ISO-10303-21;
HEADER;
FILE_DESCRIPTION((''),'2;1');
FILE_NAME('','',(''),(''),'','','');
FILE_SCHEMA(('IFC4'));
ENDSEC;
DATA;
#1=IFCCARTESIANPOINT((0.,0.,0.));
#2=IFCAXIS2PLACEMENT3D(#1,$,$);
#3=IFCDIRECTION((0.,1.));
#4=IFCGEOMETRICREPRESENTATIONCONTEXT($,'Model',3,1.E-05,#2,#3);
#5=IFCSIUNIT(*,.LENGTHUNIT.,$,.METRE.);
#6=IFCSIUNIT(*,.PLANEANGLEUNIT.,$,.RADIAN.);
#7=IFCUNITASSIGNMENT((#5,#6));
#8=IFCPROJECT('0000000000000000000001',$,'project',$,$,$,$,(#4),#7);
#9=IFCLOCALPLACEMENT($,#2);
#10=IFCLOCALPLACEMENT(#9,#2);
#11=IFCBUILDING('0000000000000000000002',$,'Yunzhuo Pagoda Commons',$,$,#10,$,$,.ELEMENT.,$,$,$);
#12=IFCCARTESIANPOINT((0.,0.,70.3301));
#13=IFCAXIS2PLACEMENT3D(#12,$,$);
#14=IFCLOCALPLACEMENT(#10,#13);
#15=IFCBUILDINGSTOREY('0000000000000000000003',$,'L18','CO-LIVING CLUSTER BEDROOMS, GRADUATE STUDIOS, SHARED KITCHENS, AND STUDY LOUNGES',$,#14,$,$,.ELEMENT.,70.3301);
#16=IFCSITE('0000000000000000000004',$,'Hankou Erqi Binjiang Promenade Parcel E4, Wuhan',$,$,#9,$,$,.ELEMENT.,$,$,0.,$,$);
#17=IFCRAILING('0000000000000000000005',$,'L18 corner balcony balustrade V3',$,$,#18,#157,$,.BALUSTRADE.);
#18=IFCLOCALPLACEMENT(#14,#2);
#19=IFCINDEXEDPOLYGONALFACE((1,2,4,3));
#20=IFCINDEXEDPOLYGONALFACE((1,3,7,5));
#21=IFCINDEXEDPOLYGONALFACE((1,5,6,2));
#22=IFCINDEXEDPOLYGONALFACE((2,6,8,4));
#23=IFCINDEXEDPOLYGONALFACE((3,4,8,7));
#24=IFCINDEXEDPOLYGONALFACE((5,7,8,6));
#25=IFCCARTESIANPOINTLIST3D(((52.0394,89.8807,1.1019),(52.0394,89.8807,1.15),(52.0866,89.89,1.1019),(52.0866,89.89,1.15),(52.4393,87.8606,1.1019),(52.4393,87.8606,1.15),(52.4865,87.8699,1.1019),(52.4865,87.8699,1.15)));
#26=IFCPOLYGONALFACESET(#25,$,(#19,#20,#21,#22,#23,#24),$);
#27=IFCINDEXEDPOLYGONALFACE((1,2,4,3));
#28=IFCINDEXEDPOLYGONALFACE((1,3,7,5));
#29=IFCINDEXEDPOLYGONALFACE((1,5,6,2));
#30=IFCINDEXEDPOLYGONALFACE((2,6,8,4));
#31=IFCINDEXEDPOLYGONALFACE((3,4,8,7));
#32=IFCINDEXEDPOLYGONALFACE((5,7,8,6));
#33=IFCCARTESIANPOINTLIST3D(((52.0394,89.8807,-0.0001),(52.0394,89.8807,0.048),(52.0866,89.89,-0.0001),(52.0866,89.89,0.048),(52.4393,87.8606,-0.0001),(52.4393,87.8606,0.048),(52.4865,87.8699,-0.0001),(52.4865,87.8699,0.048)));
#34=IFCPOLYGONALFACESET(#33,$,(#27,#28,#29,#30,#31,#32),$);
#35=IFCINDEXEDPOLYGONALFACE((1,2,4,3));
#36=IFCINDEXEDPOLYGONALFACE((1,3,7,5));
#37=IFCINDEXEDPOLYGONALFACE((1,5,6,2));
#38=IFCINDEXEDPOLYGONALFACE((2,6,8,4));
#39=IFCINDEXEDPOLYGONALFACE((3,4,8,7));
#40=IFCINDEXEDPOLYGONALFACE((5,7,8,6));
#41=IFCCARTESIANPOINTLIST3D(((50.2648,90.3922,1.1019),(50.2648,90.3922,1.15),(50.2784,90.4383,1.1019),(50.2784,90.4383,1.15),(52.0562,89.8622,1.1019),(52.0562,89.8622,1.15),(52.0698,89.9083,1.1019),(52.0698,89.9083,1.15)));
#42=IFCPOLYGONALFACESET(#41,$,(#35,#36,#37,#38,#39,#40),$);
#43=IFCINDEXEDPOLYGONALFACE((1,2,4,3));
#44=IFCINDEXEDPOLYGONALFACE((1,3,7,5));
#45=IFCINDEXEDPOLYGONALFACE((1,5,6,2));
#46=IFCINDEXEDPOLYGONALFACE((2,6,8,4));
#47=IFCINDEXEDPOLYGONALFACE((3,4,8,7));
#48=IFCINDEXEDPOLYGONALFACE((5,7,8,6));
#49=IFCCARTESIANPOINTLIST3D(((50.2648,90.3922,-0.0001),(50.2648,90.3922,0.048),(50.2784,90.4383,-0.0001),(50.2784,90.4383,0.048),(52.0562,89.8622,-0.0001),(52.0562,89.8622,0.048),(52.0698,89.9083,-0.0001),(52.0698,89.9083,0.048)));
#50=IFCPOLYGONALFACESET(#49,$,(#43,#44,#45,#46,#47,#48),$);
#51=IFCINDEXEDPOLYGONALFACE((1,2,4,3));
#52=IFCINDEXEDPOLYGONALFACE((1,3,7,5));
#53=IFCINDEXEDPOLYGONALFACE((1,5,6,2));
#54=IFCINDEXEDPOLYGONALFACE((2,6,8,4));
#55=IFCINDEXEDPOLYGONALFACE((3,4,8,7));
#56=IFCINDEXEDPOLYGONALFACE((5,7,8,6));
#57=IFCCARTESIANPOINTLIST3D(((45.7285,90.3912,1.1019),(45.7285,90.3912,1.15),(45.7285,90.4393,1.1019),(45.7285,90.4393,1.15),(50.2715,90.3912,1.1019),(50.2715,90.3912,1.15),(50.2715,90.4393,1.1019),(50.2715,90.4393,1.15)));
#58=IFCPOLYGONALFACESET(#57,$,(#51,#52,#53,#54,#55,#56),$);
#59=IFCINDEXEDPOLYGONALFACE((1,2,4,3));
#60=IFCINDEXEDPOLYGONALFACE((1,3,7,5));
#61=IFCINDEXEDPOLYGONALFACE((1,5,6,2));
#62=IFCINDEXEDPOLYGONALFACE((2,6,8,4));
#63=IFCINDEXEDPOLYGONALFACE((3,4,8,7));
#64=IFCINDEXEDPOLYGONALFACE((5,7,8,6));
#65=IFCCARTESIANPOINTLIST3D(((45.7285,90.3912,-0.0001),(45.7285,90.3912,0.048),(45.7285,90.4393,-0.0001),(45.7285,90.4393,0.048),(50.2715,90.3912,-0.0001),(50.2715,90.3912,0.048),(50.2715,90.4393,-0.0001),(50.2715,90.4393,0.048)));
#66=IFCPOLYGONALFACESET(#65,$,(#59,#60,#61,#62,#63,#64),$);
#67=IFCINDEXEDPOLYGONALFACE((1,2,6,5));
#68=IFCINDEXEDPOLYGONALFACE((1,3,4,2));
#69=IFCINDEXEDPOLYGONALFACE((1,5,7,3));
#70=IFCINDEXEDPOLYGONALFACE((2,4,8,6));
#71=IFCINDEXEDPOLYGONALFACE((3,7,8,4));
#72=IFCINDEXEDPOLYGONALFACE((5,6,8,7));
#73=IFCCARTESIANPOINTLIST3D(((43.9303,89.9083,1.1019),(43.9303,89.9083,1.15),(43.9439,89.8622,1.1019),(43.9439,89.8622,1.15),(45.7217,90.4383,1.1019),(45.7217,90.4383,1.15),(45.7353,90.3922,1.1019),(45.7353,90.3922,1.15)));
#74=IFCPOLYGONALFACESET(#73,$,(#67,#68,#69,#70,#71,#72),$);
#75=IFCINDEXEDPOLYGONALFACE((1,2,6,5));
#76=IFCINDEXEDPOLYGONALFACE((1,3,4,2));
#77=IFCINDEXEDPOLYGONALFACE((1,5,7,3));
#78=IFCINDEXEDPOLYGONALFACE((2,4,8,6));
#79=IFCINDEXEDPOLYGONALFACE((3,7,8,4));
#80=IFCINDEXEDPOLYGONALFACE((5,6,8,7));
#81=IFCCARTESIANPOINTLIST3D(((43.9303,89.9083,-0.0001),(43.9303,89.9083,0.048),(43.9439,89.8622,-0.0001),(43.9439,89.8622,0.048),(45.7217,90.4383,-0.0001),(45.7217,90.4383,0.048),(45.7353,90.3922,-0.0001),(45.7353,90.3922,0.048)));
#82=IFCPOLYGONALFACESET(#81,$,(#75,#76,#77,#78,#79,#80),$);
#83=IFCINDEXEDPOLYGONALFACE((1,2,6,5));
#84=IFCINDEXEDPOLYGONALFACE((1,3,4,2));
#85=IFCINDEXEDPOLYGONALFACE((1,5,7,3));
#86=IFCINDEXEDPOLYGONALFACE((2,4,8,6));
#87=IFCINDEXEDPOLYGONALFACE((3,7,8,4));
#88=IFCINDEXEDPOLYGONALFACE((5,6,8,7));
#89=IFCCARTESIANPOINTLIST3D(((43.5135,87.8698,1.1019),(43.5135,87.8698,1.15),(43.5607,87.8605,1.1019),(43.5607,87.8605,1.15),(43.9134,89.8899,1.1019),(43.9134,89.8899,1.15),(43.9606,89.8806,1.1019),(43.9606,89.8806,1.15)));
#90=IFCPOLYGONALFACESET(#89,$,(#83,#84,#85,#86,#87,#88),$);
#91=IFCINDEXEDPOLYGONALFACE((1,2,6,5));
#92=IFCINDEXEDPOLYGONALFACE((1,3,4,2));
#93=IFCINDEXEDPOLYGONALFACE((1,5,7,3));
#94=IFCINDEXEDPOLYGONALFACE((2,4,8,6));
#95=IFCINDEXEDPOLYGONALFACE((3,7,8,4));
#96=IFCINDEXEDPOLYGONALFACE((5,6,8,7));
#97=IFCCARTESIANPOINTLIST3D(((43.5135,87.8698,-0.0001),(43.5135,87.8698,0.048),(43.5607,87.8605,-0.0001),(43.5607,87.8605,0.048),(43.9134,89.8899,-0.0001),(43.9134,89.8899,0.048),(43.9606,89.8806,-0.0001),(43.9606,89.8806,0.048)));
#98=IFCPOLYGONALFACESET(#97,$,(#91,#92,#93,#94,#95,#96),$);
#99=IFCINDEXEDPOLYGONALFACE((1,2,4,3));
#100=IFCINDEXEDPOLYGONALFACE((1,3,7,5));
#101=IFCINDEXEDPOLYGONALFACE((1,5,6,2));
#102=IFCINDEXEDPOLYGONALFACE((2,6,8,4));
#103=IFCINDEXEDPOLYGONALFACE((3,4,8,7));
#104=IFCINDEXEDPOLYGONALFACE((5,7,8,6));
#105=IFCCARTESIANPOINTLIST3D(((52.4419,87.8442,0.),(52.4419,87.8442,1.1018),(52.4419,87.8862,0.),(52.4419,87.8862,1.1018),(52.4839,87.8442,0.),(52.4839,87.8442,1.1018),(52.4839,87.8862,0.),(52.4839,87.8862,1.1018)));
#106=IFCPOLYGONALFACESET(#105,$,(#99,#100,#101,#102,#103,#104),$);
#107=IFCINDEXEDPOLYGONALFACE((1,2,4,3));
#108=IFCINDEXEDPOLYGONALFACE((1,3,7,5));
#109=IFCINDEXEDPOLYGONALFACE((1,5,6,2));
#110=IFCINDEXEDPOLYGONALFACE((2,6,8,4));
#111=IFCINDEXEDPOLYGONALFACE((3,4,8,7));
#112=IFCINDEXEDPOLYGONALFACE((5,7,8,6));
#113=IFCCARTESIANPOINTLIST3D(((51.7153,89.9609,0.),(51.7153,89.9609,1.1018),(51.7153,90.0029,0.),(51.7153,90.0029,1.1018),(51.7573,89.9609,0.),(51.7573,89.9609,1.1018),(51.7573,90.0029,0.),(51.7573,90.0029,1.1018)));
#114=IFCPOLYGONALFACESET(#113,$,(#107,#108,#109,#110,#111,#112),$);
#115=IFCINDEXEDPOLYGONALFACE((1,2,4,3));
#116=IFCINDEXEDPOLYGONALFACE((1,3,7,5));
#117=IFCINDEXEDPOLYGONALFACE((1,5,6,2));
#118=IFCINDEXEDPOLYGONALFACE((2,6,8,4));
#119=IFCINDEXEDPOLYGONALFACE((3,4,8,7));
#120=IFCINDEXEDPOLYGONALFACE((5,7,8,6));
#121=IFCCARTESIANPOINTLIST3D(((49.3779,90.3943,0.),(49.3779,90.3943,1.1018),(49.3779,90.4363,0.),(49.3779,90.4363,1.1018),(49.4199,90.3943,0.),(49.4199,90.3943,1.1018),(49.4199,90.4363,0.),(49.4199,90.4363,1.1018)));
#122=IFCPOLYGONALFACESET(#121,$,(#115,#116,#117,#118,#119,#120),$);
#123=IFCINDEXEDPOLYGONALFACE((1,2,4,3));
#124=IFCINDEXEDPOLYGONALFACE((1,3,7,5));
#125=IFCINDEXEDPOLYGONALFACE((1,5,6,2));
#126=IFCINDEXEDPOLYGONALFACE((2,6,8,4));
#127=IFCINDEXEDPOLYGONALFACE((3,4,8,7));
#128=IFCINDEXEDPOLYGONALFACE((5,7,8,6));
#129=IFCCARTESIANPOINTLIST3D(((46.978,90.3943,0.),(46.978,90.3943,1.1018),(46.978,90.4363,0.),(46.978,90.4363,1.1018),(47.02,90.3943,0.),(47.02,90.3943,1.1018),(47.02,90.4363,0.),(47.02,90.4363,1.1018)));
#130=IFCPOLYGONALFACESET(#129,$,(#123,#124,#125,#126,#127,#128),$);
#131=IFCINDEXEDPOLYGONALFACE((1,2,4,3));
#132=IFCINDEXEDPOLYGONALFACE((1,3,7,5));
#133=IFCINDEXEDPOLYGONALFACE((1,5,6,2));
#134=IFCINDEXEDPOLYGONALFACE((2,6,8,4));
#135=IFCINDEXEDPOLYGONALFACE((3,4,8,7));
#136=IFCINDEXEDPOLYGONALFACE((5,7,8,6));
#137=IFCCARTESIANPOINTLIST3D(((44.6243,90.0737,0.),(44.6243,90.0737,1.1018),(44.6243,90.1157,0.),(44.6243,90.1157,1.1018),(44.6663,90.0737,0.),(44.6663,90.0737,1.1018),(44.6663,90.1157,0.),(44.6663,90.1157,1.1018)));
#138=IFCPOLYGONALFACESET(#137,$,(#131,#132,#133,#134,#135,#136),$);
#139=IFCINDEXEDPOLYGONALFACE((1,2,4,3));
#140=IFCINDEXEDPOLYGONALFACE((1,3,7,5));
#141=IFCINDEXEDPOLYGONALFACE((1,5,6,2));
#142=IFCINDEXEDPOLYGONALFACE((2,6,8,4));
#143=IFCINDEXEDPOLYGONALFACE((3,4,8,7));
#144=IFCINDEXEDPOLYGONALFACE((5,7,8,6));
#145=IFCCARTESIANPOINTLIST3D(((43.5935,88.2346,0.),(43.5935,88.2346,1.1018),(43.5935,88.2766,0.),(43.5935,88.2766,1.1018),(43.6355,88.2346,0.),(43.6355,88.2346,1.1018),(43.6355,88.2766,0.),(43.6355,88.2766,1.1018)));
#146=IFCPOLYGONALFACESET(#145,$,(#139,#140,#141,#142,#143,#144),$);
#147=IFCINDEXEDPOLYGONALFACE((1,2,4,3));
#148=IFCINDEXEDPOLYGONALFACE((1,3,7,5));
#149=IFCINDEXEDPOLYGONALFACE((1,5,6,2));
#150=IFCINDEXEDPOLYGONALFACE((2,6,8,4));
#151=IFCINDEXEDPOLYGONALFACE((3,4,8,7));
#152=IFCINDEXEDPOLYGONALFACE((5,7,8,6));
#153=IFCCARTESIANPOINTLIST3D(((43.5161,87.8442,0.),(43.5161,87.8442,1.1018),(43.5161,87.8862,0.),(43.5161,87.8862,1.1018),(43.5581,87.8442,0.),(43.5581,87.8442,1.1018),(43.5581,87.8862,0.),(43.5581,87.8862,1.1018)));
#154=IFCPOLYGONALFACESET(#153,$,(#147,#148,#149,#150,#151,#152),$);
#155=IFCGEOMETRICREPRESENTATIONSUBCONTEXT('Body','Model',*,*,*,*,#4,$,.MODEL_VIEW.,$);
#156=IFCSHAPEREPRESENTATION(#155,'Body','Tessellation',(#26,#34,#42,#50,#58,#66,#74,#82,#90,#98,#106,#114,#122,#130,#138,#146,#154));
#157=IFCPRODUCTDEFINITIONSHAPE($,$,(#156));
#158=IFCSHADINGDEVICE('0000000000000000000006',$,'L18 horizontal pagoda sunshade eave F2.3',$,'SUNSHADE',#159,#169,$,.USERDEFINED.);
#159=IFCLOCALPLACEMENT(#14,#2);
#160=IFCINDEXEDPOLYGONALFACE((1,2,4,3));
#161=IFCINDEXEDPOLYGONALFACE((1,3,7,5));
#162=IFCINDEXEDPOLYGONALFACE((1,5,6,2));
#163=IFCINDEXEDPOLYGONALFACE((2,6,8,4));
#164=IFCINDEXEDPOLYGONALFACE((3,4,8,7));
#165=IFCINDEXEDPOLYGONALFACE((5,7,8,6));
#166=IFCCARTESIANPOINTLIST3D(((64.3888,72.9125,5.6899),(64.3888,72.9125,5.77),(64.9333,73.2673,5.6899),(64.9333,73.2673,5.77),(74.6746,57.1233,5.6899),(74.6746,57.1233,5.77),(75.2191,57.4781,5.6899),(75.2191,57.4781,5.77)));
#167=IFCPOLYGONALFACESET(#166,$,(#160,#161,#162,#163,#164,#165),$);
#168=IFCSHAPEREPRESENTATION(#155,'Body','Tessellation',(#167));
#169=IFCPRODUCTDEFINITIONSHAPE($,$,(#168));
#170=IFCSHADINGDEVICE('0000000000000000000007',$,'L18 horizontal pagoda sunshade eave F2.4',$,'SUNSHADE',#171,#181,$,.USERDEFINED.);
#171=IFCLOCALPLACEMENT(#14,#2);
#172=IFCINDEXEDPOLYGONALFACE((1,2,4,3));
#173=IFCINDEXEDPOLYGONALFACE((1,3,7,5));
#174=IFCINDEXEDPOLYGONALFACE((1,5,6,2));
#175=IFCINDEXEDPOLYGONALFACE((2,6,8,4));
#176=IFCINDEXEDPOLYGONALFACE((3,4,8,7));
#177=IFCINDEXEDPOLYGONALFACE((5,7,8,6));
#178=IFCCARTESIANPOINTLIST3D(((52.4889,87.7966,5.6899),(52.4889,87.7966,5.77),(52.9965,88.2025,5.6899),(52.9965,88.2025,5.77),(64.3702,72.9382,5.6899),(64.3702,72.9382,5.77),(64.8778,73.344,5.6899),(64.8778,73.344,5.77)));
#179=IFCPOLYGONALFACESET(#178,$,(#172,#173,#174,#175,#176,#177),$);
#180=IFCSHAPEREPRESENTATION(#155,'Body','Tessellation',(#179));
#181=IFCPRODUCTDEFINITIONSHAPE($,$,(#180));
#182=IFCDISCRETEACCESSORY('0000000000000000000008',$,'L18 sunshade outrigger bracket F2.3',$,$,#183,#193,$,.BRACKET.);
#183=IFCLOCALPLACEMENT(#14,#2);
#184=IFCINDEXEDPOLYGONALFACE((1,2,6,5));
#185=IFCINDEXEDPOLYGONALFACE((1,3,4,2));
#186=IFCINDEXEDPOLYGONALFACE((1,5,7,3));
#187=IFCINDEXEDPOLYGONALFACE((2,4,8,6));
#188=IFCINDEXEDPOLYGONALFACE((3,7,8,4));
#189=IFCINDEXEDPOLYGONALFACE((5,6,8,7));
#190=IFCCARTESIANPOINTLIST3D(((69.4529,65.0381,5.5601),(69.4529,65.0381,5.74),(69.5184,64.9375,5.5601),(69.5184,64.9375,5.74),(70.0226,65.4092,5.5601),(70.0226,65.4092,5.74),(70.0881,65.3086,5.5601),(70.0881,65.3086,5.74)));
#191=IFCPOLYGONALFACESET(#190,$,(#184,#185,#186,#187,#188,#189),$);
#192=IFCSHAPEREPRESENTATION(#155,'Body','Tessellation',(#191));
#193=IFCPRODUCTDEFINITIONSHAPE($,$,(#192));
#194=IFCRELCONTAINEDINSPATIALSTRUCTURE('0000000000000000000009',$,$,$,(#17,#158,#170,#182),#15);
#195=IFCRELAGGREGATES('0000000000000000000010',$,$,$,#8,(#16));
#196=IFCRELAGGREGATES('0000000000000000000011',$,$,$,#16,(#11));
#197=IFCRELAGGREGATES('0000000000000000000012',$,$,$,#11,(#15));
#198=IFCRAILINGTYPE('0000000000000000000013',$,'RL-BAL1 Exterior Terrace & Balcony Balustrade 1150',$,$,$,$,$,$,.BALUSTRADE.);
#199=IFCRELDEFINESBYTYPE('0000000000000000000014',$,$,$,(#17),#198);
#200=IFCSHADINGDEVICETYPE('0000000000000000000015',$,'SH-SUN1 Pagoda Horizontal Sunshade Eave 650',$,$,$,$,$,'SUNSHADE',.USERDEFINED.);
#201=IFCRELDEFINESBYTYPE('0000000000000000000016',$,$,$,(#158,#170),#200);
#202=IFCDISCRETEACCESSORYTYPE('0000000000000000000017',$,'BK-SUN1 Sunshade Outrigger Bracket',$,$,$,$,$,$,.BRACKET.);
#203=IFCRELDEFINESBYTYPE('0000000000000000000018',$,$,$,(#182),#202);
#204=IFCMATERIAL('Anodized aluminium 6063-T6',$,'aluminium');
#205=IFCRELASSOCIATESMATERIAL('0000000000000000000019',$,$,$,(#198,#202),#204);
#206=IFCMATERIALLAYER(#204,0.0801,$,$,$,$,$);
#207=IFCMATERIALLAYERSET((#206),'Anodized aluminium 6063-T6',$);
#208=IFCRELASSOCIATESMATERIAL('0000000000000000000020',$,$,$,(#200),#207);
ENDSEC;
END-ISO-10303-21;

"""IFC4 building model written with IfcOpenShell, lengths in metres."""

from ifc_helpers import new_model, si_unit, direction, frame, origin, origin_2d, place, context, subcontext, project, spatial, rectangle, extrude, source, transform, mapped, material, layer, layer_set, type_object, element, save


model = new_model("IFC4")

# Units and contexts
model_context = context("Model", 3, precision=1e-05, world=origin(), true_north=direction((0.0, 1.0)))
body_context = subcontext(model_context, "Body", "Model", "MODEL_VIEW")
ifc_project = project(units=[si_unit("LENGTHUNIT", "METRE"), si_unit("PLANEANGLEUNIT", "RADIAN")], contexts=[model_context])

# Site, building, storey
site_placement = place(None, origin())
site = spatial("IfcSite", under=ifc_project, at=site_placement, Name="Hankou Erqi Binjiang Promenade Parcel E4, Wuhan", CompositionType="ELEMENT", RefElevation=0.0)
building_placement = place(site_placement, origin())
building = spatial("IfcBuilding", under=site, at=building_placement, Name="Yunzhuo Pagoda Commons", CompositionType="ELEMENT")
storey_placement = place(building_placement, frame((0.0, 0.0, 70.3301)))
storey = spatial("IfcBuildingStorey", under=building, at=storey_placement, Name="L18", Description="CO-LIVING CLUSTER BEDROOMS, GRADUATE STUDIOS, SHARED KITCHENS, AND STUDY LOUNGES", CompositionType="ELEMENT", Elevation=70.3301)

# Shared definitions
ifc_material_1 = material(Name="Anodized aluminium 6063-T6", Category="aluminium")

# Railing
railing_type_1 = type_object("IfcRailingType", Name="RL-BAL1 Exterior Terrace & Balcony Balustrade 1150", PredefinedType="BALUSTRADE", material=ifc_material_1)
railing_1_placement = place(storey_placement, frame((52.4629, 87.8652, 0.0)))
element("IfcRailing", 1, at=railing_1_placement, inside=storey, type_object=railing_type_1, Name="L18 corner balcony balustrade V3", PredefinedType="BALUSTRADE", context=body_context, shape_type="SweptSolid", body=[
    extrude(rectangle(XDim=0.0481, YDim=0.0481, at=origin_2d()), frame((0.0, 0.0, 1.126), z_axis=(-0.194201, 0.980962, 0.0), x_axis=(-0.980962, -0.194201, 0.0)), (0.0, 0.0, 1.0), 2.0593),
    extrude(rectangle(XDim=0.0481, YDim=0.0481, at=origin_2d()), frame((0.0, 0.0, 0.0239), z_axis=(-0.194201, 0.980962, 0.0), x_axis=(-0.980962, -0.194201, 0.0)), (0.0, 0.0, 1.0), 2.0593),
    extrude(rectangle(XDim=0.0481, YDim=0.0481, at=origin_2d()), frame((-0.3999, 2.02, 1.126), z_axis=(-0.958913, 0.283701, 0.0), x_axis=(-0.283701, -0.958913, 0.0)), (0.0, 0.0, 1.0), 1.8682),
    extrude(rectangle(XDim=0.0481, YDim=0.0481, at=origin_2d()), frame((-0.3999, 2.02, 0.0239), z_axis=(-0.958913, 0.283701, 0.0), x_axis=(-0.283701, -0.958913, 0.0)), (0.0, 0.0, 1.0), 1.8682),
    extrude(rectangle(XDim=0.0481, YDim=0.0481, at=origin_2d()), frame((-2.1914, 2.55, 1.126), z_axis=(-1.0, 0.0, 0.0), x_axis=(0.0, -1.0, 0.0)), (0.0, 0.0, 1.0), 4.543),
    extrude(rectangle(XDim=0.0481, YDim=0.0481, at=origin_2d()), frame((-2.1914, 2.55, 0.0239), z_axis=(-1.0, 0.0, 0.0), x_axis=(0.0, -1.0, 0.0)), (0.0, 0.0, 1.0), 4.543),
    extrude(rectangle(XDim=0.0481, YDim=0.0481, at=origin_2d()), frame((-6.7344, 2.55, 1.126), z_axis=(-0.958913, -0.283701, 0.0), x_axis=(0.283701, -0.958913, 0.0)), (0.0, 0.0, 1.0), 1.8682),
    extrude(rectangle(XDim=0.0481, YDim=0.0481, at=origin_2d()), frame((-6.7344, 2.55, 0.0239), z_axis=(-0.958913, -0.283701, 0.0), x_axis=(0.283701, -0.958913, 0.0)), (0.0, 0.0, 1.0), 1.8682),
    extrude(rectangle(XDim=0.0481, YDim=0.0481, at=origin_2d()), frame((-8.5259, 2.02, 1.126), z_axis=(-0.194201, -0.980962, 0.0), x_axis=(0.980962, -0.194201, 0.0)), (0.0, 0.0, 1.0), 2.0593),
    extrude(rectangle(XDim=0.0481, YDim=0.0481, at=origin_2d()), frame((-8.5259, 2.02, 0.0239), z_axis=(-0.194201, -0.980962, 0.0), x_axis=(0.980962, -0.194201, 0.0)), (0.0, 0.0, 1.0), 2.0593),
    extrude(rectangle(XDim=0.042, YDim=0.042, at=origin_2d()), origin(), (0.0, 0.0, 1.0), 1.1018),
    extrude(rectangle(XDim=0.042, YDim=0.042, at=origin_2d()), frame((-0.7266, 2.1167, 0.0)), (0.0, 0.0, 1.0), 1.1018),
    extrude(rectangle(XDim=0.042, YDim=0.042, at=origin_2d()), frame((-3.064, 2.55, 0.0)), (0.0, 0.0, 1.0), 1.1018),
    extrude(rectangle(XDim=0.042, YDim=0.042, at=origin_2d()), frame((-5.4639, 2.55, 0.0)), (0.0, 0.0, 1.0), 1.1018),
    extrude(rectangle(XDim=0.042, YDim=0.042, at=origin_2d()), frame((-7.8176, 2.2295, 0.0)), (0.0, 0.0, 1.0), 1.1018),
    extrude(rectangle(XDim=0.042, YDim=0.042, at=origin_2d()), frame((-8.8484, 0.3904, 0.0)), (0.0, 0.0, 1.0), 1.1018),
    extrude(rectangle(XDim=0.042, YDim=0.042, at=origin_2d()), frame((-8.9258, 0.0, 0.0)), (0.0, 0.0, 1.0), 1.1018),
])

# Shading devices
ifc_layer_1 = layer(ifc_material_1, 0.0801)
ifc_layer_set_1 = layer_set([ifc_layer_1], Name="Anodized aluminium 6063-T6")
shading_device_type = type_object("IfcShadingDeviceType", Name="SH-SUN1 Pagoda Horizontal Sunshade Eave 650", ElementType="SUNSHADE", PredefinedType="USERDEFINED", material=ifc_layer_set_1)
shared_shape_1 = source(origin(), body_context, "Body", "SweptSolid", [
    extrude(rectangle(XDim=18.844, YDim=0.6499, at=origin_2d()), origin(), (0.0, 0.0, 1.0), 0.0801),
])
shading_device_1_placement = place(storey_placement, frame((69.804, 65.1953, 5.6899), z_axis=(0.0, 0.0, 1.0), x_axis=(-0.545839, 0.83789, 0.0)))
element("IfcShadingDevice", 2, at=shading_device_1_placement, inside=storey, type_object=shading_device_type, Name="L18 horizontal pagoda sunshade eave F2.3", ObjectType="SUNSHADE", PredefinedType="USERDEFINED", context=body_context, shape_type="MappedRepresentation", body=[
    mapped(shared_shape_1, transform((0.0, 0.0, 0.0), scale=1.0)),
])
shared_shape_2 = source(origin(), body_context, "Body", "SweptSolid", [
    extrude(rectangle(XDim=19.0247, YDim=0.6499, at=origin_2d()), origin(), (0.0, 0.0, 1.0), 0.0801),
])
shading_device_2_placement = place(storey_placement, frame((58.6833, 80.5703, 5.6899), z_axis=(0.0, 0.0, 1.0), x_axis=(-0.62452, 0.781008, 0.0)))
element("IfcShadingDevice", 3, at=shading_device_2_placement, inside=storey, type_object=shading_device_type, Name="L18 horizontal pagoda sunshade eave F2.4", ObjectType="SUNSHADE", PredefinedType="USERDEFINED", context=body_context, shape_type="MappedRepresentation", body=[
    mapped(shared_shape_2, transform((0.0, 0.0, 0.0), scale=1.0)),
])

# Discrete accessory
discrete_accessory_type = type_object("IfcDiscreteAccessoryType", Name="BK-SUN1 Sunshade Outrigger Bracket", PredefinedType="BRACKET", material=ifc_material_1)
shared_shape_3 = source(origin(), body_context, "Body", "SweptSolid", [
    extrude(rectangle(XDim=0.1201, YDim=0.6799, at=origin_2d()), origin(), (0.0, 0.0, 1.0), 0.1799),
])
discrete_accessory_placement = place(storey_placement, frame((69.7705, 65.1733, 5.5601), z_axis=(0.0, 0.0, 1.0), x_axis=(-0.545839, 0.83789, 0.0)))
element("IfcDiscreteAccessory", 4, at=discrete_accessory_placement, inside=storey, type_object=discrete_accessory_type, Name="L18 sunshade outrigger bracket F2.3", PredefinedType="BRACKET", context=body_context, shape_type="MappedRepresentation", body=[
    mapped(shared_shape_3, transform((0.0, 0.0, 0.0), scale=1.0)),
])

save(model, "model.ifc")
